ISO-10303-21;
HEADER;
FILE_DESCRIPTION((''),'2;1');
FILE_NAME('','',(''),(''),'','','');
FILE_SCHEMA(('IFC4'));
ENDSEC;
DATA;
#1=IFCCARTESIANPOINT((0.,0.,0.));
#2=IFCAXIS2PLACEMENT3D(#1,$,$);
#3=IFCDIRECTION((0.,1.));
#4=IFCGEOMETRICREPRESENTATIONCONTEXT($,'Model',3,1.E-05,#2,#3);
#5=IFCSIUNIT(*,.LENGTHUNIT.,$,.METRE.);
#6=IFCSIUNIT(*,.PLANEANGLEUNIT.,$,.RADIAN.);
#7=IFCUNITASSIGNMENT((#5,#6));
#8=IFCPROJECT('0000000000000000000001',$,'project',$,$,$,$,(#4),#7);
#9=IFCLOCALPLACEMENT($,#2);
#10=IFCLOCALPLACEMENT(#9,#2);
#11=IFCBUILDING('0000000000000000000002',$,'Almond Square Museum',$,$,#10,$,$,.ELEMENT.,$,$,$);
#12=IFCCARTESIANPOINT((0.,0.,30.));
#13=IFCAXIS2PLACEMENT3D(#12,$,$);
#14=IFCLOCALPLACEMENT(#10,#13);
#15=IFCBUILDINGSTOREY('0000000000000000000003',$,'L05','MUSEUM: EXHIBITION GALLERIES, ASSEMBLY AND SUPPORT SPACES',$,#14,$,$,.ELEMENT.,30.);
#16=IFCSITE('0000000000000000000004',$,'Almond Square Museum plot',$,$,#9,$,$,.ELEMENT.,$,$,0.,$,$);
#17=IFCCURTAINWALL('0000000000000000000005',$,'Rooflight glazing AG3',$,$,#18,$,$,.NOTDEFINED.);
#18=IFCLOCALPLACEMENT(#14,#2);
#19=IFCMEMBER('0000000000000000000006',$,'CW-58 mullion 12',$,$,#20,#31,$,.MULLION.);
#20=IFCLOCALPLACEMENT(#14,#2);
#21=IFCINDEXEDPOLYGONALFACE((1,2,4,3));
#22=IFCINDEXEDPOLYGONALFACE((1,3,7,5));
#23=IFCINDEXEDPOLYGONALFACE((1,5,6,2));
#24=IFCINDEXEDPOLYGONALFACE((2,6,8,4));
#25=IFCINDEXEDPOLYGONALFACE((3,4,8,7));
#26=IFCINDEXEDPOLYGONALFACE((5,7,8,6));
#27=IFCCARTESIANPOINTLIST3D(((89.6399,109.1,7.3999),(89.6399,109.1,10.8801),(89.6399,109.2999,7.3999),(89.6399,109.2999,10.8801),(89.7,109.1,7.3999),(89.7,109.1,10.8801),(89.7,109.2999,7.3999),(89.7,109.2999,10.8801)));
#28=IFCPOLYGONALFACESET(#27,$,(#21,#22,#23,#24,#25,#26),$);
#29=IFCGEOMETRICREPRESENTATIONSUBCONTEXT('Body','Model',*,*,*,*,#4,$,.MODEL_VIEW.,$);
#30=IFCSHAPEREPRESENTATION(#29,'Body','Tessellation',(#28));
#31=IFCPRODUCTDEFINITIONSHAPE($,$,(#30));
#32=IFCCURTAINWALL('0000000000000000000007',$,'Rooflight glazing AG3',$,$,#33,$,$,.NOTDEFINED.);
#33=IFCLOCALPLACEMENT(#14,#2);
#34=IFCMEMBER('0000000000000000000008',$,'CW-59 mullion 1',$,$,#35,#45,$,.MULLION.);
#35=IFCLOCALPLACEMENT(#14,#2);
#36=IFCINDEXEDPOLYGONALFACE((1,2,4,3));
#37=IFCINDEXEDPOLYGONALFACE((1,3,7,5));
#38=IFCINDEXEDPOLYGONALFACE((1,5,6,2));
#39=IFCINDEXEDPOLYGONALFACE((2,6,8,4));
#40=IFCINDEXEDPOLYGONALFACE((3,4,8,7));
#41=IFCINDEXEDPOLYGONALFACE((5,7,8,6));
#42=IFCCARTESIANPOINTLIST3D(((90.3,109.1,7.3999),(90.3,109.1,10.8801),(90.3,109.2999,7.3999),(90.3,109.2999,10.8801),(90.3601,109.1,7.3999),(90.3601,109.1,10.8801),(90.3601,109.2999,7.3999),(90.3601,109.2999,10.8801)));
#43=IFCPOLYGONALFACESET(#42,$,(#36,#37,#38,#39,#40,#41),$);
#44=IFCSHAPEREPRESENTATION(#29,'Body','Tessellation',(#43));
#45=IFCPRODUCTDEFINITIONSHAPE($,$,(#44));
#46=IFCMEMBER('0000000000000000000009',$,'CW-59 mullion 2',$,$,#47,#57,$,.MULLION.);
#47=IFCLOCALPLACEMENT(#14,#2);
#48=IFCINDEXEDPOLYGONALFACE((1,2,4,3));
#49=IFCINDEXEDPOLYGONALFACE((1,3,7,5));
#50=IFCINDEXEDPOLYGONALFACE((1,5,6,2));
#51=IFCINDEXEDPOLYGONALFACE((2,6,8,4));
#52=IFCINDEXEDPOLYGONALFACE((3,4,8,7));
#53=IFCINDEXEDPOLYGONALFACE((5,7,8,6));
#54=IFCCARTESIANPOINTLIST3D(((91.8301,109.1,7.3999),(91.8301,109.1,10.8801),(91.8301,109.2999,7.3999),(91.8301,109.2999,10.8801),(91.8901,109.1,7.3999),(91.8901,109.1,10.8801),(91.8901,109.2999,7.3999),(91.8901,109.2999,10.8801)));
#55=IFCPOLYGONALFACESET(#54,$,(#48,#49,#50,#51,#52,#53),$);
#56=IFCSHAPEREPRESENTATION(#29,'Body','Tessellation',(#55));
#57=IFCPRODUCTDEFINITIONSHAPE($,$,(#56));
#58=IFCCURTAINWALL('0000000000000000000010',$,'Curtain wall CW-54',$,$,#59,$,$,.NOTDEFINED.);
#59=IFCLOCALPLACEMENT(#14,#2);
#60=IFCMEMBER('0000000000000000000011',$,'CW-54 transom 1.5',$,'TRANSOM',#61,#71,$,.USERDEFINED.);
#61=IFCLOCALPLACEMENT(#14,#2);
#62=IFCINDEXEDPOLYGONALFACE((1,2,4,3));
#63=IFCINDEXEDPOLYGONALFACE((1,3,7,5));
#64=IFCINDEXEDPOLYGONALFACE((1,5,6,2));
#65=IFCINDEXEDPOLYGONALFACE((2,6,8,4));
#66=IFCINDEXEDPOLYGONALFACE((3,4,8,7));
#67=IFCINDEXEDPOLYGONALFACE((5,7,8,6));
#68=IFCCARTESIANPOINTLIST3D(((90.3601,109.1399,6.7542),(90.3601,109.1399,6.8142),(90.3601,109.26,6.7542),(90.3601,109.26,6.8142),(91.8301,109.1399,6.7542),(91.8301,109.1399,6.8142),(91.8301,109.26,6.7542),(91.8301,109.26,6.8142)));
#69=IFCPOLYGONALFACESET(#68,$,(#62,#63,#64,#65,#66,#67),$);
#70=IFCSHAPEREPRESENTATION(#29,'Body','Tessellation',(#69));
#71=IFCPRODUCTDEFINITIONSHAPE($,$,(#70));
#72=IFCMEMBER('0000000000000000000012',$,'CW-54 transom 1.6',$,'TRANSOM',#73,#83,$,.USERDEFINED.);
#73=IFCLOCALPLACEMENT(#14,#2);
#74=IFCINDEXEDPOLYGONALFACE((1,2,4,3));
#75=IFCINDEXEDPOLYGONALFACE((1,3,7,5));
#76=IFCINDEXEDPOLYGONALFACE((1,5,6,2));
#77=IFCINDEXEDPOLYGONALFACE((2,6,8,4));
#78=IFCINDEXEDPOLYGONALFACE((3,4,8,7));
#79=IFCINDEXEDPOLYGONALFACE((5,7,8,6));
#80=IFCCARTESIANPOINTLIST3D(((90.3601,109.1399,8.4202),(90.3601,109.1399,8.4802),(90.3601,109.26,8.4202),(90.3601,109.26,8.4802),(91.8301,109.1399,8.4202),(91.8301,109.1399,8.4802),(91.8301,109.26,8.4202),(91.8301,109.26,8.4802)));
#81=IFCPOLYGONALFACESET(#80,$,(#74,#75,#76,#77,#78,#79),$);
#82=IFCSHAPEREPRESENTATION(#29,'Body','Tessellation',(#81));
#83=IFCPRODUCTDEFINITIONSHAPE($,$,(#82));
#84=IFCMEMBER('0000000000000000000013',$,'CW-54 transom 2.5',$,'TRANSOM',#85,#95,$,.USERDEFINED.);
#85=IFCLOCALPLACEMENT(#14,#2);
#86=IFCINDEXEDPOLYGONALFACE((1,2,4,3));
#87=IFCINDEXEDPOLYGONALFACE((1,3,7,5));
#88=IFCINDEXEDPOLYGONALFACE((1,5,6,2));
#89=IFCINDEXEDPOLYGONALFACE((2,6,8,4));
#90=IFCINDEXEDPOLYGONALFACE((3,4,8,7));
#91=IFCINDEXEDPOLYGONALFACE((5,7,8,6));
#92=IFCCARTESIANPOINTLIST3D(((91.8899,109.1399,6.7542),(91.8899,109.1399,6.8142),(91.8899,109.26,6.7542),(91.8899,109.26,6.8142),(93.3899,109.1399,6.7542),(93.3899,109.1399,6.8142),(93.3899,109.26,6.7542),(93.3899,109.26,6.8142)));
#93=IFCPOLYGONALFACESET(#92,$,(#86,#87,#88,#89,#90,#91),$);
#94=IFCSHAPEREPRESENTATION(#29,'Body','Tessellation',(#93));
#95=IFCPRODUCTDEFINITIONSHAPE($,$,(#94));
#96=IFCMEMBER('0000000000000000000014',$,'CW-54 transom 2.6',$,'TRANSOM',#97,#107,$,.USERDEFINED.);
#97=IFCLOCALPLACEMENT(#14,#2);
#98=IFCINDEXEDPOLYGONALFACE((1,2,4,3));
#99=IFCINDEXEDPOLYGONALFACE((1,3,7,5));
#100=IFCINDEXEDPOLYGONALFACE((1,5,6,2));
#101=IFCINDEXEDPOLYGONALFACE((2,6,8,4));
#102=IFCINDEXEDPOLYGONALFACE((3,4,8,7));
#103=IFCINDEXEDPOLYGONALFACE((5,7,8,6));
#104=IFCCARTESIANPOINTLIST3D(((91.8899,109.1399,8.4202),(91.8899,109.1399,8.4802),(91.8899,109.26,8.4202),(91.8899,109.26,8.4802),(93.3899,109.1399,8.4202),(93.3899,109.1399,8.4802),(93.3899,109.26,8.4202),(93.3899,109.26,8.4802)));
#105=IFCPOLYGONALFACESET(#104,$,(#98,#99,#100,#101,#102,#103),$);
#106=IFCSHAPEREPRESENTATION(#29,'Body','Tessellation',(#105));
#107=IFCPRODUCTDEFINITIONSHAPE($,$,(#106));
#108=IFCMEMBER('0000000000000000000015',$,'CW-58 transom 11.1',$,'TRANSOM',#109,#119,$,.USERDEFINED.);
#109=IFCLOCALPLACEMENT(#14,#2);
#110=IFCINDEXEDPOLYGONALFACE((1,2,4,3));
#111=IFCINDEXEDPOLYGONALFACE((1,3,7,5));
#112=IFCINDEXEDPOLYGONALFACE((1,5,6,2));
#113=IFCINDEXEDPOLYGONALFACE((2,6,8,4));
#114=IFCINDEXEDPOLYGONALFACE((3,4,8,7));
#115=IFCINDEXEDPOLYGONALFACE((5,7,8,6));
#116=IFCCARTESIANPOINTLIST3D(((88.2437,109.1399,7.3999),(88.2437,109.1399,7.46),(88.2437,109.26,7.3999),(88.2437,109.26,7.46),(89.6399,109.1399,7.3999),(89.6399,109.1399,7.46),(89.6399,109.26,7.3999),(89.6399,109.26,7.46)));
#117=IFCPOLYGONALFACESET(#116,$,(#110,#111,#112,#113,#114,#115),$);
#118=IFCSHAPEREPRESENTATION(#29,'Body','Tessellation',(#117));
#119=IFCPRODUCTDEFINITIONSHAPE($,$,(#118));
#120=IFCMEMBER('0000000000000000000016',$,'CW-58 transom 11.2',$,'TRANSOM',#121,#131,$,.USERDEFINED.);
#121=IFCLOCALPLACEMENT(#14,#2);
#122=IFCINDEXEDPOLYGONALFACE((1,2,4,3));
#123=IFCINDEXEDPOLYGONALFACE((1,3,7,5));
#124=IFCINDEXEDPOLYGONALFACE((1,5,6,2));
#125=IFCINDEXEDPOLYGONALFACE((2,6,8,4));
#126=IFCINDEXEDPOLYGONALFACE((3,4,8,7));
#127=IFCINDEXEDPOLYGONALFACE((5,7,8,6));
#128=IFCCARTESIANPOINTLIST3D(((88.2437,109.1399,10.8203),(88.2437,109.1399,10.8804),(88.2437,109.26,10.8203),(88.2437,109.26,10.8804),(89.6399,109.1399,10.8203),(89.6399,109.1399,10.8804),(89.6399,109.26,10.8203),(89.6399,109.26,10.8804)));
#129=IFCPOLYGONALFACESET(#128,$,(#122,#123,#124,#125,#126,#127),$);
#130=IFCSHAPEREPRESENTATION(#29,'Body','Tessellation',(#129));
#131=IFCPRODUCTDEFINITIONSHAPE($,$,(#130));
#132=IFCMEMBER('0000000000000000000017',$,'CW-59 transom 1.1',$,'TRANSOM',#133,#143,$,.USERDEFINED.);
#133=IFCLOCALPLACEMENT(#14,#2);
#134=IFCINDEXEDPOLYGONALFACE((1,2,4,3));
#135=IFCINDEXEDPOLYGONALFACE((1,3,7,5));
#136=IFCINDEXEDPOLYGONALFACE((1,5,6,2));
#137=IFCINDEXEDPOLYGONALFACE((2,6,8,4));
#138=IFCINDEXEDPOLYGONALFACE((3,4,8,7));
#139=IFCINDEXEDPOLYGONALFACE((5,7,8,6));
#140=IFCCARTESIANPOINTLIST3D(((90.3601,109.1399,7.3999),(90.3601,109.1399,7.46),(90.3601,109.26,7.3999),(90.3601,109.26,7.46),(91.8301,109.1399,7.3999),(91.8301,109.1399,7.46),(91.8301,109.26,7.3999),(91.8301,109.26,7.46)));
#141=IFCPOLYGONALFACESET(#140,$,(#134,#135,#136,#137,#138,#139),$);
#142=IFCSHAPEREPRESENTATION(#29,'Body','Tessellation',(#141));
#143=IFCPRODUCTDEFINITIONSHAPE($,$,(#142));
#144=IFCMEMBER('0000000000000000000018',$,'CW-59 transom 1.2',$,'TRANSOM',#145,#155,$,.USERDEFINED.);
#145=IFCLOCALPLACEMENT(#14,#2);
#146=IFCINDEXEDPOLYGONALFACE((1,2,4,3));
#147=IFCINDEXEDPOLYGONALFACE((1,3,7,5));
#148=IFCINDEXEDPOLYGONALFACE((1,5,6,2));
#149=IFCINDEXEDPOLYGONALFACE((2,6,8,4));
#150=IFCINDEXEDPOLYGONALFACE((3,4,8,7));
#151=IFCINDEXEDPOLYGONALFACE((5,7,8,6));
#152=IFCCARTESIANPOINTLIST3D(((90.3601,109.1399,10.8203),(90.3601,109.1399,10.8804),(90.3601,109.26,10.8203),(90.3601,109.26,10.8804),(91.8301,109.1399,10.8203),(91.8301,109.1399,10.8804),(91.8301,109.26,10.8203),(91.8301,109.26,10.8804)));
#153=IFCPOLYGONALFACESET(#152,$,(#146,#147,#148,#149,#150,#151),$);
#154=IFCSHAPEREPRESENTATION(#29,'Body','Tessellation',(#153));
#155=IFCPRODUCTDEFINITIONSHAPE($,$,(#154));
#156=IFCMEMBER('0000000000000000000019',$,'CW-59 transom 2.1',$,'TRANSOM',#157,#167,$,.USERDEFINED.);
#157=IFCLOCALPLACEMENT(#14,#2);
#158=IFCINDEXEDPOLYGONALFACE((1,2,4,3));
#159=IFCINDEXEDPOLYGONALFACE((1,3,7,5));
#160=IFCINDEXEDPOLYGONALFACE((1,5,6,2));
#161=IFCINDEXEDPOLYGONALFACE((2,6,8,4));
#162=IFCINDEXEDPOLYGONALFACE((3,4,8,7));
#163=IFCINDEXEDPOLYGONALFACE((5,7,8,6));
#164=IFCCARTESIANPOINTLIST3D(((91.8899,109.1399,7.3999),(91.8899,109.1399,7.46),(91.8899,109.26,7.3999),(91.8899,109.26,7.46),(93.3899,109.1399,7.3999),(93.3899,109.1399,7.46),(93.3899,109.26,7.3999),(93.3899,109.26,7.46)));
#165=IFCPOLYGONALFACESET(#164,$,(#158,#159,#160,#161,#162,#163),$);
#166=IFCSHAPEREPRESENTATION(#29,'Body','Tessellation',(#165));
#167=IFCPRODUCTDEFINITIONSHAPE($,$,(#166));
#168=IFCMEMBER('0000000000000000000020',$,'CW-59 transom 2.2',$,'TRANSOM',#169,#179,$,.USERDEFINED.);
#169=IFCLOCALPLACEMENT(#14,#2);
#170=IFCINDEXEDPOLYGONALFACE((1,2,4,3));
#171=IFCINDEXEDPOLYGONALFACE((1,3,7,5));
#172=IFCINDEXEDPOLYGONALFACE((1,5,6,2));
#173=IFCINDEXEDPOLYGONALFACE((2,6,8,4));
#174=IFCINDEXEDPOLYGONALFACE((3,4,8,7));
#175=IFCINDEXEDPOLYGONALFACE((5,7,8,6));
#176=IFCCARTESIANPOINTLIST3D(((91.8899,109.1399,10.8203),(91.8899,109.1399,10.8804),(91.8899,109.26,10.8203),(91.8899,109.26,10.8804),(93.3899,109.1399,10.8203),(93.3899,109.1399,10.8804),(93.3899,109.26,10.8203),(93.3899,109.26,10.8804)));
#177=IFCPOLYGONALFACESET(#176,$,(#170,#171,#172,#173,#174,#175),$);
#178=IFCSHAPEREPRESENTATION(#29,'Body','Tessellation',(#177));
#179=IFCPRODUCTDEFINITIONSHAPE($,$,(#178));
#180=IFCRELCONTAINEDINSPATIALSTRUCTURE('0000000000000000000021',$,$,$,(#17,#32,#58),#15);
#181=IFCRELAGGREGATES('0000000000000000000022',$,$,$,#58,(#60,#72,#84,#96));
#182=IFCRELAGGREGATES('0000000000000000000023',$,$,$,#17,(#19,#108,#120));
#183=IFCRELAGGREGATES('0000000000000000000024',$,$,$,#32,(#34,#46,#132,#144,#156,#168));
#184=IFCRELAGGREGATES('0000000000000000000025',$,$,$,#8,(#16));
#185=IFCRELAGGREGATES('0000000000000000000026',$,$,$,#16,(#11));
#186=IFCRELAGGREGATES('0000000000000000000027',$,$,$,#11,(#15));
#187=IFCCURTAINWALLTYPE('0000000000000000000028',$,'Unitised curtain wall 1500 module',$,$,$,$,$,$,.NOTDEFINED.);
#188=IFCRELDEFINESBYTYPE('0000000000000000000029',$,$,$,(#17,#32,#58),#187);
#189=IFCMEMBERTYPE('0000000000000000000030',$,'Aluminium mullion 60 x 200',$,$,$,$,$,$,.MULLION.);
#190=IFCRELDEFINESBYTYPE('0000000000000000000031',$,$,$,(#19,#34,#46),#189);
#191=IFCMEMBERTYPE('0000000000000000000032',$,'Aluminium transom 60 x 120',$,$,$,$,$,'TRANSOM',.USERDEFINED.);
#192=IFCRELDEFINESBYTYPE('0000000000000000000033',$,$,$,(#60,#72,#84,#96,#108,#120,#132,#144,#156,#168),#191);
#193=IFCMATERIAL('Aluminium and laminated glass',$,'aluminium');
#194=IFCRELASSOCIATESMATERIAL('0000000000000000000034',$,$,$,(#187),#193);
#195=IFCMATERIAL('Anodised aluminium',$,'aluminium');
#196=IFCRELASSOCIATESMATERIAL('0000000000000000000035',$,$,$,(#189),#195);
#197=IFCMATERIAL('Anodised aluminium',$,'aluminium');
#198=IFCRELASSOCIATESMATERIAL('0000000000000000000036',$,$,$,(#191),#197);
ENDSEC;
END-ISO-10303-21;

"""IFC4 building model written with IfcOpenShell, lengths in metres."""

from ifc_helpers import new_model, si_unit, direction, frame, origin, origin_2d, place, context, subcontext, project, spatial, rectangle, extrude, material, material_profile, profile_set, type_object, element, aggregate, save


model = new_model("IFC4")

# Units and contexts
model_context = context("Model", 3, precision=1e-05, world=origin(), true_north=direction((0.0, 1.0)))
body_context = subcontext(model_context, "Body", "Model", "MODEL_VIEW")
ifc_project = project(units=[si_unit("LENGTHUNIT", "METRE"), si_unit("PLANEANGLEUNIT", "RADIAN")], contexts=[model_context])

# Site, building, storey
site_placement = place(None, origin())
site = spatial("IfcSite", under=ifc_project, at=site_placement, Name="Almond Square Museum plot", CompositionType="ELEMENT", RefElevation=0.0)
building_placement = place(site_placement, origin())
building = spatial("IfcBuilding", under=site, at=building_placement, Name="Almond Square Museum", CompositionType="ELEMENT")
storey_placement = place(building_placement, frame((0.0, 0.0, 30.0)))
storey = spatial("IfcBuildingStorey", under=building, at=storey_placement, Name="L05", Description="MUSEUM: EXHIBITION GALLERIES, ASSEMBLY AND SUPPORT SPACES", CompositionType="ELEMENT", Elevation=30.0)

# Curtain wall, member
ifc_material_1 = material(Name="Aluminium and laminated glass", Category="aluminium")
curtain_wall_type = type_object("IfcCurtainWallType", Name="Unitised curtain wall 1500 module", PredefinedType="NOTDEFINED", material=ifc_material_1)
curtain_wall_1_placement = place(storey_placement, origin())
curtain_wall_1 = element("IfcCurtainWall", 1, at=curtain_wall_1_placement, inside=storey, type_object=curtain_wall_type, Name="Rooflight glazing AG3", PredefinedType="NOTDEFINED")
ifc_material_2 = material(Name="Anodised aluminium", Category="aluminium")
ifc_material_profile_1 = material_profile(ifc_material_2, rectangle(XDim=0.2, YDim=0.0601, at=origin_2d()))
ifc_profile_set_1 = profile_set([ifc_material_profile_1], Name="Anodised aluminium")
member_type_1 = type_object("IfcMemberType", Name="Aluminium mullion 60 x 200", PredefinedType="MULLION", material=ifc_profile_set_1)
member_1_placement = place(storey_placement, frame((89.6699, 109.2, 7.3999), z_axis=(0.0, 0.0, 1.0), x_axis=(0.0, 1.0, 0.0)))
member_1 = element("IfcMember", 2, at=member_1_placement, type_object=member_type_1, Name="CW-58 mullion 12", PredefinedType="MULLION", context=body_context, shape_type="SweptSolid", body=[
    extrude(rectangle(XDim=0.2, YDim=0.0601, at=origin_2d()), origin(), (0.0, 0.0, 1.0), 3.4802),
])

# Curtain walls, members
curtain_wall_2_placement = place(storey_placement, origin())
curtain_wall_2 = element("IfcCurtainWall", 3, at=curtain_wall_2_placement, inside=storey, type_object=curtain_wall_type, Name="Rooflight glazing AG3", PredefinedType="NOTDEFINED")
member_2_placement = place(storey_placement, frame((90.3301, 109.2, 7.3999), z_axis=(0.0, 0.0, 1.0), x_axis=(0.0, 1.0, 0.0)))
member_2 = element("IfcMember", 4, at=member_2_placement, type_object=member_type_1, Name="CW-59 mullion 1", PredefinedType="MULLION", context=body_context, shape_type="SweptSolid", body=[
    extrude(rectangle(XDim=0.2, YDim=0.0601, at=origin_2d()), origin(), (0.0, 0.0, 1.0), 3.4802),
])
member_3_placement = place(storey_placement, frame((91.8601, 109.2, 7.3999), z_axis=(0.0, 0.0, 1.0), x_axis=(0.0, 1.0, 0.0)))
member_3 = element("IfcMember", 5, at=member_3_placement, type_object=member_type_1, Name="CW-59 mullion 2", PredefinedType="MULLION", context=body_context, shape_type="SweptSolid", body=[
    extrude(rectangle(XDim=0.2, YDim=0.0601, at=origin_2d()), origin(), (0.0, 0.0, 1.0), 3.4802),
])
curtain_wall_3_placement = place(storey_placement, origin())
curtain_wall_3 = element("IfcCurtainWall", 6, at=curtain_wall_3_placement, inside=storey, type_object=curtain_wall_type, Name="Curtain wall CW-54", PredefinedType="NOTDEFINED")
ifc_material_3 = material(Name="Anodised aluminium", Category="aluminium")
ifc_material_profile_2 = material_profile(ifc_material_3, rectangle(XDim=0.1201, YDim=0.0601, at=origin_2d()))
ifc_profile_set_2 = profile_set([ifc_material_profile_2], Name="Anodised aluminium")
member_type_2 = type_object("IfcMemberType", Name="Aluminium transom 60 x 120", ElementType="TRANSOM", PredefinedType="USERDEFINED", material=ifc_profile_set_2)
member_4_placement = place(storey_placement, frame((90.3601, 109.2, 6.7842), z_axis=(1.0, 0.0, 0.0), x_axis=(0.0, 1.0, 0.0)))
member_4 = element("IfcMember", 7, at=member_4_placement, type_object=member_type_2, Name="CW-54 transom 1.5", ObjectType="TRANSOM", PredefinedType="USERDEFINED", context=body_context, shape_type="SweptSolid", body=[
    extrude(rectangle(XDim=0.1201, YDim=0.0601, at=origin_2d()), origin(), (0.0, 0.0, 1.0), 1.47),
])
member_5_placement = place(storey_placement, frame((90.3601, 109.2, 8.4502), z_axis=(1.0, 0.0, 0.0), x_axis=(0.0, 1.0, 0.0)))
member_5 = element("IfcMember", 8, at=member_5_placement, type_object=member_type_2, Name="CW-54 transom 1.6", ObjectType="TRANSOM", PredefinedType="USERDEFINED", context=body_context, shape_type="SweptSolid", body=[
    extrude(rectangle(XDim=0.1201, YDim=0.0601, at=origin_2d()), origin(), (0.0, 0.0, 1.0), 1.47),
])
member_6_placement = place(storey_placement, frame((91.8899, 109.2, 6.7842), z_axis=(1.0, 0.0, 0.0), x_axis=(0.0, 1.0, 0.0)))
member_6 = element("IfcMember", 9, at=member_6_placement, type_object=member_type_2, Name="CW-54 transom 2.5", ObjectType="TRANSOM", PredefinedType="USERDEFINED", context=body_context, shape_type="SweptSolid", body=[
    extrude(rectangle(XDim=0.1201, YDim=0.0601, at=origin_2d()), origin(), (0.0, 0.0, 1.0), 1.5),
])
member_7_placement = place(storey_placement, frame((91.8899, 109.2, 8.4502), z_axis=(1.0, 0.0, 0.0), x_axis=(0.0, 1.0, 0.0)))
member_7 = element("IfcMember", 10, at=member_7_placement, type_object=member_type_2, Name="CW-54 transom 2.6", ObjectType="TRANSOM", PredefinedType="USERDEFINED", context=body_context, shape_type="SweptSolid", body=[
    extrude(rectangle(XDim=0.1201, YDim=0.0601, at=origin_2d()), origin(), (0.0, 0.0, 1.0), 1.5),
])

# Members
member_8_placement = place(storey_placement, frame((88.2437, 109.2, 7.4299), z_axis=(1.0, 0.0, 0.0), x_axis=(0.0, 1.0, 0.0)))
member_8 = element("IfcMember", 11, at=member_8_placement, type_object=member_type_2, Name="CW-58 transom 11.1", ObjectType="TRANSOM", PredefinedType="USERDEFINED", context=body_context, shape_type="SweptSolid", body=[
    extrude(rectangle(XDim=0.1201, YDim=0.0601, at=origin_2d()), origin(), (0.0, 0.0, 1.0), 1.3962),
])
member_9_placement = place(storey_placement, frame((88.2437, 109.2, 10.8503), z_axis=(1.0, 0.0, 0.0), x_axis=(0.0, 1.0, 0.0)))
member_9 = element("IfcMember", 12, at=member_9_placement, type_object=member_type_2, Name="CW-58 transom 11.2", ObjectType="TRANSOM", PredefinedType="USERDEFINED", context=body_context, shape_type="SweptSolid", body=[
    extrude(rectangle(XDim=0.1201, YDim=0.0601, at=origin_2d()), origin(), (0.0, 0.0, 1.0), 1.3962),
])
member_10_placement = place(storey_placement, frame((90.3601, 109.2, 7.4299), z_axis=(1.0, 0.0, 0.0), x_axis=(0.0, 1.0, 0.0)))
member_10 = element("IfcMember", 13, at=member_10_placement, type_object=member_type_2, Name="CW-59 transom 1.1", ObjectType="TRANSOM", PredefinedType="USERDEFINED", context=body_context, shape_type="SweptSolid", body=[
    extrude(rectangle(XDim=0.1201, YDim=0.0601, at=origin_2d()), origin(), (0.0, 0.0, 1.0), 1.47),
])
member_11_placement = place(storey_placement, frame((90.3601, 109.2, 10.8503), z_axis=(1.0, 0.0, 0.0), x_axis=(0.0, 1.0, 0.0)))
member_11 = element("IfcMember", 14, at=member_11_placement, type_object=member_type_2, Name="CW-59 transom 1.2", ObjectType="TRANSOM", PredefinedType="USERDEFINED", context=body_context, shape_type="SweptSolid", body=[
    extrude(rectangle(XDim=0.1201, YDim=0.0601, at=origin_2d()), origin(), (0.0, 0.0, 1.0), 1.47),
])
member_12_placement = place(storey_placement, frame((91.8899, 109.2, 7.4299), z_axis=(1.0, 0.0, 0.0), x_axis=(0.0, 1.0, 0.0)))
member_12 = element("IfcMember", 15, at=member_12_placement, type_object=member_type_2, Name="CW-59 transom 2.1", ObjectType="TRANSOM", PredefinedType="USERDEFINED", context=body_context, shape_type="SweptSolid", body=[
    extrude(rectangle(XDim=0.1201, YDim=0.0601, at=origin_2d()), origin(), (0.0, 0.0, 1.0), 1.5),
])
member_13_placement = place(storey_placement, frame((91.8899, 109.2, 10.8503), z_axis=(1.0, 0.0, 0.0), x_axis=(0.0, 1.0, 0.0)))
member_13 = element("IfcMember", 16, at=member_13_placement, type_object=member_type_2, Name="CW-59 transom 2.2", ObjectType="TRANSOM", PredefinedType="USERDEFINED", context=body_context, shape_type="SweptSolid", body=[
    extrude(rectangle(XDim=0.1201, YDim=0.0601, at=origin_2d()), origin(), (0.0, 0.0, 1.0), 1.5),
])

aggregate(curtain_wall_3, [member_4, member_5, member_6, member_7])

aggregate(curtain_wall_1, [member_1, member_8, member_9])
aggregate(curtain_wall_2, [member_2, member_3, member_10, member_11, member_12, member_13])

save(model, "model.ifc")
